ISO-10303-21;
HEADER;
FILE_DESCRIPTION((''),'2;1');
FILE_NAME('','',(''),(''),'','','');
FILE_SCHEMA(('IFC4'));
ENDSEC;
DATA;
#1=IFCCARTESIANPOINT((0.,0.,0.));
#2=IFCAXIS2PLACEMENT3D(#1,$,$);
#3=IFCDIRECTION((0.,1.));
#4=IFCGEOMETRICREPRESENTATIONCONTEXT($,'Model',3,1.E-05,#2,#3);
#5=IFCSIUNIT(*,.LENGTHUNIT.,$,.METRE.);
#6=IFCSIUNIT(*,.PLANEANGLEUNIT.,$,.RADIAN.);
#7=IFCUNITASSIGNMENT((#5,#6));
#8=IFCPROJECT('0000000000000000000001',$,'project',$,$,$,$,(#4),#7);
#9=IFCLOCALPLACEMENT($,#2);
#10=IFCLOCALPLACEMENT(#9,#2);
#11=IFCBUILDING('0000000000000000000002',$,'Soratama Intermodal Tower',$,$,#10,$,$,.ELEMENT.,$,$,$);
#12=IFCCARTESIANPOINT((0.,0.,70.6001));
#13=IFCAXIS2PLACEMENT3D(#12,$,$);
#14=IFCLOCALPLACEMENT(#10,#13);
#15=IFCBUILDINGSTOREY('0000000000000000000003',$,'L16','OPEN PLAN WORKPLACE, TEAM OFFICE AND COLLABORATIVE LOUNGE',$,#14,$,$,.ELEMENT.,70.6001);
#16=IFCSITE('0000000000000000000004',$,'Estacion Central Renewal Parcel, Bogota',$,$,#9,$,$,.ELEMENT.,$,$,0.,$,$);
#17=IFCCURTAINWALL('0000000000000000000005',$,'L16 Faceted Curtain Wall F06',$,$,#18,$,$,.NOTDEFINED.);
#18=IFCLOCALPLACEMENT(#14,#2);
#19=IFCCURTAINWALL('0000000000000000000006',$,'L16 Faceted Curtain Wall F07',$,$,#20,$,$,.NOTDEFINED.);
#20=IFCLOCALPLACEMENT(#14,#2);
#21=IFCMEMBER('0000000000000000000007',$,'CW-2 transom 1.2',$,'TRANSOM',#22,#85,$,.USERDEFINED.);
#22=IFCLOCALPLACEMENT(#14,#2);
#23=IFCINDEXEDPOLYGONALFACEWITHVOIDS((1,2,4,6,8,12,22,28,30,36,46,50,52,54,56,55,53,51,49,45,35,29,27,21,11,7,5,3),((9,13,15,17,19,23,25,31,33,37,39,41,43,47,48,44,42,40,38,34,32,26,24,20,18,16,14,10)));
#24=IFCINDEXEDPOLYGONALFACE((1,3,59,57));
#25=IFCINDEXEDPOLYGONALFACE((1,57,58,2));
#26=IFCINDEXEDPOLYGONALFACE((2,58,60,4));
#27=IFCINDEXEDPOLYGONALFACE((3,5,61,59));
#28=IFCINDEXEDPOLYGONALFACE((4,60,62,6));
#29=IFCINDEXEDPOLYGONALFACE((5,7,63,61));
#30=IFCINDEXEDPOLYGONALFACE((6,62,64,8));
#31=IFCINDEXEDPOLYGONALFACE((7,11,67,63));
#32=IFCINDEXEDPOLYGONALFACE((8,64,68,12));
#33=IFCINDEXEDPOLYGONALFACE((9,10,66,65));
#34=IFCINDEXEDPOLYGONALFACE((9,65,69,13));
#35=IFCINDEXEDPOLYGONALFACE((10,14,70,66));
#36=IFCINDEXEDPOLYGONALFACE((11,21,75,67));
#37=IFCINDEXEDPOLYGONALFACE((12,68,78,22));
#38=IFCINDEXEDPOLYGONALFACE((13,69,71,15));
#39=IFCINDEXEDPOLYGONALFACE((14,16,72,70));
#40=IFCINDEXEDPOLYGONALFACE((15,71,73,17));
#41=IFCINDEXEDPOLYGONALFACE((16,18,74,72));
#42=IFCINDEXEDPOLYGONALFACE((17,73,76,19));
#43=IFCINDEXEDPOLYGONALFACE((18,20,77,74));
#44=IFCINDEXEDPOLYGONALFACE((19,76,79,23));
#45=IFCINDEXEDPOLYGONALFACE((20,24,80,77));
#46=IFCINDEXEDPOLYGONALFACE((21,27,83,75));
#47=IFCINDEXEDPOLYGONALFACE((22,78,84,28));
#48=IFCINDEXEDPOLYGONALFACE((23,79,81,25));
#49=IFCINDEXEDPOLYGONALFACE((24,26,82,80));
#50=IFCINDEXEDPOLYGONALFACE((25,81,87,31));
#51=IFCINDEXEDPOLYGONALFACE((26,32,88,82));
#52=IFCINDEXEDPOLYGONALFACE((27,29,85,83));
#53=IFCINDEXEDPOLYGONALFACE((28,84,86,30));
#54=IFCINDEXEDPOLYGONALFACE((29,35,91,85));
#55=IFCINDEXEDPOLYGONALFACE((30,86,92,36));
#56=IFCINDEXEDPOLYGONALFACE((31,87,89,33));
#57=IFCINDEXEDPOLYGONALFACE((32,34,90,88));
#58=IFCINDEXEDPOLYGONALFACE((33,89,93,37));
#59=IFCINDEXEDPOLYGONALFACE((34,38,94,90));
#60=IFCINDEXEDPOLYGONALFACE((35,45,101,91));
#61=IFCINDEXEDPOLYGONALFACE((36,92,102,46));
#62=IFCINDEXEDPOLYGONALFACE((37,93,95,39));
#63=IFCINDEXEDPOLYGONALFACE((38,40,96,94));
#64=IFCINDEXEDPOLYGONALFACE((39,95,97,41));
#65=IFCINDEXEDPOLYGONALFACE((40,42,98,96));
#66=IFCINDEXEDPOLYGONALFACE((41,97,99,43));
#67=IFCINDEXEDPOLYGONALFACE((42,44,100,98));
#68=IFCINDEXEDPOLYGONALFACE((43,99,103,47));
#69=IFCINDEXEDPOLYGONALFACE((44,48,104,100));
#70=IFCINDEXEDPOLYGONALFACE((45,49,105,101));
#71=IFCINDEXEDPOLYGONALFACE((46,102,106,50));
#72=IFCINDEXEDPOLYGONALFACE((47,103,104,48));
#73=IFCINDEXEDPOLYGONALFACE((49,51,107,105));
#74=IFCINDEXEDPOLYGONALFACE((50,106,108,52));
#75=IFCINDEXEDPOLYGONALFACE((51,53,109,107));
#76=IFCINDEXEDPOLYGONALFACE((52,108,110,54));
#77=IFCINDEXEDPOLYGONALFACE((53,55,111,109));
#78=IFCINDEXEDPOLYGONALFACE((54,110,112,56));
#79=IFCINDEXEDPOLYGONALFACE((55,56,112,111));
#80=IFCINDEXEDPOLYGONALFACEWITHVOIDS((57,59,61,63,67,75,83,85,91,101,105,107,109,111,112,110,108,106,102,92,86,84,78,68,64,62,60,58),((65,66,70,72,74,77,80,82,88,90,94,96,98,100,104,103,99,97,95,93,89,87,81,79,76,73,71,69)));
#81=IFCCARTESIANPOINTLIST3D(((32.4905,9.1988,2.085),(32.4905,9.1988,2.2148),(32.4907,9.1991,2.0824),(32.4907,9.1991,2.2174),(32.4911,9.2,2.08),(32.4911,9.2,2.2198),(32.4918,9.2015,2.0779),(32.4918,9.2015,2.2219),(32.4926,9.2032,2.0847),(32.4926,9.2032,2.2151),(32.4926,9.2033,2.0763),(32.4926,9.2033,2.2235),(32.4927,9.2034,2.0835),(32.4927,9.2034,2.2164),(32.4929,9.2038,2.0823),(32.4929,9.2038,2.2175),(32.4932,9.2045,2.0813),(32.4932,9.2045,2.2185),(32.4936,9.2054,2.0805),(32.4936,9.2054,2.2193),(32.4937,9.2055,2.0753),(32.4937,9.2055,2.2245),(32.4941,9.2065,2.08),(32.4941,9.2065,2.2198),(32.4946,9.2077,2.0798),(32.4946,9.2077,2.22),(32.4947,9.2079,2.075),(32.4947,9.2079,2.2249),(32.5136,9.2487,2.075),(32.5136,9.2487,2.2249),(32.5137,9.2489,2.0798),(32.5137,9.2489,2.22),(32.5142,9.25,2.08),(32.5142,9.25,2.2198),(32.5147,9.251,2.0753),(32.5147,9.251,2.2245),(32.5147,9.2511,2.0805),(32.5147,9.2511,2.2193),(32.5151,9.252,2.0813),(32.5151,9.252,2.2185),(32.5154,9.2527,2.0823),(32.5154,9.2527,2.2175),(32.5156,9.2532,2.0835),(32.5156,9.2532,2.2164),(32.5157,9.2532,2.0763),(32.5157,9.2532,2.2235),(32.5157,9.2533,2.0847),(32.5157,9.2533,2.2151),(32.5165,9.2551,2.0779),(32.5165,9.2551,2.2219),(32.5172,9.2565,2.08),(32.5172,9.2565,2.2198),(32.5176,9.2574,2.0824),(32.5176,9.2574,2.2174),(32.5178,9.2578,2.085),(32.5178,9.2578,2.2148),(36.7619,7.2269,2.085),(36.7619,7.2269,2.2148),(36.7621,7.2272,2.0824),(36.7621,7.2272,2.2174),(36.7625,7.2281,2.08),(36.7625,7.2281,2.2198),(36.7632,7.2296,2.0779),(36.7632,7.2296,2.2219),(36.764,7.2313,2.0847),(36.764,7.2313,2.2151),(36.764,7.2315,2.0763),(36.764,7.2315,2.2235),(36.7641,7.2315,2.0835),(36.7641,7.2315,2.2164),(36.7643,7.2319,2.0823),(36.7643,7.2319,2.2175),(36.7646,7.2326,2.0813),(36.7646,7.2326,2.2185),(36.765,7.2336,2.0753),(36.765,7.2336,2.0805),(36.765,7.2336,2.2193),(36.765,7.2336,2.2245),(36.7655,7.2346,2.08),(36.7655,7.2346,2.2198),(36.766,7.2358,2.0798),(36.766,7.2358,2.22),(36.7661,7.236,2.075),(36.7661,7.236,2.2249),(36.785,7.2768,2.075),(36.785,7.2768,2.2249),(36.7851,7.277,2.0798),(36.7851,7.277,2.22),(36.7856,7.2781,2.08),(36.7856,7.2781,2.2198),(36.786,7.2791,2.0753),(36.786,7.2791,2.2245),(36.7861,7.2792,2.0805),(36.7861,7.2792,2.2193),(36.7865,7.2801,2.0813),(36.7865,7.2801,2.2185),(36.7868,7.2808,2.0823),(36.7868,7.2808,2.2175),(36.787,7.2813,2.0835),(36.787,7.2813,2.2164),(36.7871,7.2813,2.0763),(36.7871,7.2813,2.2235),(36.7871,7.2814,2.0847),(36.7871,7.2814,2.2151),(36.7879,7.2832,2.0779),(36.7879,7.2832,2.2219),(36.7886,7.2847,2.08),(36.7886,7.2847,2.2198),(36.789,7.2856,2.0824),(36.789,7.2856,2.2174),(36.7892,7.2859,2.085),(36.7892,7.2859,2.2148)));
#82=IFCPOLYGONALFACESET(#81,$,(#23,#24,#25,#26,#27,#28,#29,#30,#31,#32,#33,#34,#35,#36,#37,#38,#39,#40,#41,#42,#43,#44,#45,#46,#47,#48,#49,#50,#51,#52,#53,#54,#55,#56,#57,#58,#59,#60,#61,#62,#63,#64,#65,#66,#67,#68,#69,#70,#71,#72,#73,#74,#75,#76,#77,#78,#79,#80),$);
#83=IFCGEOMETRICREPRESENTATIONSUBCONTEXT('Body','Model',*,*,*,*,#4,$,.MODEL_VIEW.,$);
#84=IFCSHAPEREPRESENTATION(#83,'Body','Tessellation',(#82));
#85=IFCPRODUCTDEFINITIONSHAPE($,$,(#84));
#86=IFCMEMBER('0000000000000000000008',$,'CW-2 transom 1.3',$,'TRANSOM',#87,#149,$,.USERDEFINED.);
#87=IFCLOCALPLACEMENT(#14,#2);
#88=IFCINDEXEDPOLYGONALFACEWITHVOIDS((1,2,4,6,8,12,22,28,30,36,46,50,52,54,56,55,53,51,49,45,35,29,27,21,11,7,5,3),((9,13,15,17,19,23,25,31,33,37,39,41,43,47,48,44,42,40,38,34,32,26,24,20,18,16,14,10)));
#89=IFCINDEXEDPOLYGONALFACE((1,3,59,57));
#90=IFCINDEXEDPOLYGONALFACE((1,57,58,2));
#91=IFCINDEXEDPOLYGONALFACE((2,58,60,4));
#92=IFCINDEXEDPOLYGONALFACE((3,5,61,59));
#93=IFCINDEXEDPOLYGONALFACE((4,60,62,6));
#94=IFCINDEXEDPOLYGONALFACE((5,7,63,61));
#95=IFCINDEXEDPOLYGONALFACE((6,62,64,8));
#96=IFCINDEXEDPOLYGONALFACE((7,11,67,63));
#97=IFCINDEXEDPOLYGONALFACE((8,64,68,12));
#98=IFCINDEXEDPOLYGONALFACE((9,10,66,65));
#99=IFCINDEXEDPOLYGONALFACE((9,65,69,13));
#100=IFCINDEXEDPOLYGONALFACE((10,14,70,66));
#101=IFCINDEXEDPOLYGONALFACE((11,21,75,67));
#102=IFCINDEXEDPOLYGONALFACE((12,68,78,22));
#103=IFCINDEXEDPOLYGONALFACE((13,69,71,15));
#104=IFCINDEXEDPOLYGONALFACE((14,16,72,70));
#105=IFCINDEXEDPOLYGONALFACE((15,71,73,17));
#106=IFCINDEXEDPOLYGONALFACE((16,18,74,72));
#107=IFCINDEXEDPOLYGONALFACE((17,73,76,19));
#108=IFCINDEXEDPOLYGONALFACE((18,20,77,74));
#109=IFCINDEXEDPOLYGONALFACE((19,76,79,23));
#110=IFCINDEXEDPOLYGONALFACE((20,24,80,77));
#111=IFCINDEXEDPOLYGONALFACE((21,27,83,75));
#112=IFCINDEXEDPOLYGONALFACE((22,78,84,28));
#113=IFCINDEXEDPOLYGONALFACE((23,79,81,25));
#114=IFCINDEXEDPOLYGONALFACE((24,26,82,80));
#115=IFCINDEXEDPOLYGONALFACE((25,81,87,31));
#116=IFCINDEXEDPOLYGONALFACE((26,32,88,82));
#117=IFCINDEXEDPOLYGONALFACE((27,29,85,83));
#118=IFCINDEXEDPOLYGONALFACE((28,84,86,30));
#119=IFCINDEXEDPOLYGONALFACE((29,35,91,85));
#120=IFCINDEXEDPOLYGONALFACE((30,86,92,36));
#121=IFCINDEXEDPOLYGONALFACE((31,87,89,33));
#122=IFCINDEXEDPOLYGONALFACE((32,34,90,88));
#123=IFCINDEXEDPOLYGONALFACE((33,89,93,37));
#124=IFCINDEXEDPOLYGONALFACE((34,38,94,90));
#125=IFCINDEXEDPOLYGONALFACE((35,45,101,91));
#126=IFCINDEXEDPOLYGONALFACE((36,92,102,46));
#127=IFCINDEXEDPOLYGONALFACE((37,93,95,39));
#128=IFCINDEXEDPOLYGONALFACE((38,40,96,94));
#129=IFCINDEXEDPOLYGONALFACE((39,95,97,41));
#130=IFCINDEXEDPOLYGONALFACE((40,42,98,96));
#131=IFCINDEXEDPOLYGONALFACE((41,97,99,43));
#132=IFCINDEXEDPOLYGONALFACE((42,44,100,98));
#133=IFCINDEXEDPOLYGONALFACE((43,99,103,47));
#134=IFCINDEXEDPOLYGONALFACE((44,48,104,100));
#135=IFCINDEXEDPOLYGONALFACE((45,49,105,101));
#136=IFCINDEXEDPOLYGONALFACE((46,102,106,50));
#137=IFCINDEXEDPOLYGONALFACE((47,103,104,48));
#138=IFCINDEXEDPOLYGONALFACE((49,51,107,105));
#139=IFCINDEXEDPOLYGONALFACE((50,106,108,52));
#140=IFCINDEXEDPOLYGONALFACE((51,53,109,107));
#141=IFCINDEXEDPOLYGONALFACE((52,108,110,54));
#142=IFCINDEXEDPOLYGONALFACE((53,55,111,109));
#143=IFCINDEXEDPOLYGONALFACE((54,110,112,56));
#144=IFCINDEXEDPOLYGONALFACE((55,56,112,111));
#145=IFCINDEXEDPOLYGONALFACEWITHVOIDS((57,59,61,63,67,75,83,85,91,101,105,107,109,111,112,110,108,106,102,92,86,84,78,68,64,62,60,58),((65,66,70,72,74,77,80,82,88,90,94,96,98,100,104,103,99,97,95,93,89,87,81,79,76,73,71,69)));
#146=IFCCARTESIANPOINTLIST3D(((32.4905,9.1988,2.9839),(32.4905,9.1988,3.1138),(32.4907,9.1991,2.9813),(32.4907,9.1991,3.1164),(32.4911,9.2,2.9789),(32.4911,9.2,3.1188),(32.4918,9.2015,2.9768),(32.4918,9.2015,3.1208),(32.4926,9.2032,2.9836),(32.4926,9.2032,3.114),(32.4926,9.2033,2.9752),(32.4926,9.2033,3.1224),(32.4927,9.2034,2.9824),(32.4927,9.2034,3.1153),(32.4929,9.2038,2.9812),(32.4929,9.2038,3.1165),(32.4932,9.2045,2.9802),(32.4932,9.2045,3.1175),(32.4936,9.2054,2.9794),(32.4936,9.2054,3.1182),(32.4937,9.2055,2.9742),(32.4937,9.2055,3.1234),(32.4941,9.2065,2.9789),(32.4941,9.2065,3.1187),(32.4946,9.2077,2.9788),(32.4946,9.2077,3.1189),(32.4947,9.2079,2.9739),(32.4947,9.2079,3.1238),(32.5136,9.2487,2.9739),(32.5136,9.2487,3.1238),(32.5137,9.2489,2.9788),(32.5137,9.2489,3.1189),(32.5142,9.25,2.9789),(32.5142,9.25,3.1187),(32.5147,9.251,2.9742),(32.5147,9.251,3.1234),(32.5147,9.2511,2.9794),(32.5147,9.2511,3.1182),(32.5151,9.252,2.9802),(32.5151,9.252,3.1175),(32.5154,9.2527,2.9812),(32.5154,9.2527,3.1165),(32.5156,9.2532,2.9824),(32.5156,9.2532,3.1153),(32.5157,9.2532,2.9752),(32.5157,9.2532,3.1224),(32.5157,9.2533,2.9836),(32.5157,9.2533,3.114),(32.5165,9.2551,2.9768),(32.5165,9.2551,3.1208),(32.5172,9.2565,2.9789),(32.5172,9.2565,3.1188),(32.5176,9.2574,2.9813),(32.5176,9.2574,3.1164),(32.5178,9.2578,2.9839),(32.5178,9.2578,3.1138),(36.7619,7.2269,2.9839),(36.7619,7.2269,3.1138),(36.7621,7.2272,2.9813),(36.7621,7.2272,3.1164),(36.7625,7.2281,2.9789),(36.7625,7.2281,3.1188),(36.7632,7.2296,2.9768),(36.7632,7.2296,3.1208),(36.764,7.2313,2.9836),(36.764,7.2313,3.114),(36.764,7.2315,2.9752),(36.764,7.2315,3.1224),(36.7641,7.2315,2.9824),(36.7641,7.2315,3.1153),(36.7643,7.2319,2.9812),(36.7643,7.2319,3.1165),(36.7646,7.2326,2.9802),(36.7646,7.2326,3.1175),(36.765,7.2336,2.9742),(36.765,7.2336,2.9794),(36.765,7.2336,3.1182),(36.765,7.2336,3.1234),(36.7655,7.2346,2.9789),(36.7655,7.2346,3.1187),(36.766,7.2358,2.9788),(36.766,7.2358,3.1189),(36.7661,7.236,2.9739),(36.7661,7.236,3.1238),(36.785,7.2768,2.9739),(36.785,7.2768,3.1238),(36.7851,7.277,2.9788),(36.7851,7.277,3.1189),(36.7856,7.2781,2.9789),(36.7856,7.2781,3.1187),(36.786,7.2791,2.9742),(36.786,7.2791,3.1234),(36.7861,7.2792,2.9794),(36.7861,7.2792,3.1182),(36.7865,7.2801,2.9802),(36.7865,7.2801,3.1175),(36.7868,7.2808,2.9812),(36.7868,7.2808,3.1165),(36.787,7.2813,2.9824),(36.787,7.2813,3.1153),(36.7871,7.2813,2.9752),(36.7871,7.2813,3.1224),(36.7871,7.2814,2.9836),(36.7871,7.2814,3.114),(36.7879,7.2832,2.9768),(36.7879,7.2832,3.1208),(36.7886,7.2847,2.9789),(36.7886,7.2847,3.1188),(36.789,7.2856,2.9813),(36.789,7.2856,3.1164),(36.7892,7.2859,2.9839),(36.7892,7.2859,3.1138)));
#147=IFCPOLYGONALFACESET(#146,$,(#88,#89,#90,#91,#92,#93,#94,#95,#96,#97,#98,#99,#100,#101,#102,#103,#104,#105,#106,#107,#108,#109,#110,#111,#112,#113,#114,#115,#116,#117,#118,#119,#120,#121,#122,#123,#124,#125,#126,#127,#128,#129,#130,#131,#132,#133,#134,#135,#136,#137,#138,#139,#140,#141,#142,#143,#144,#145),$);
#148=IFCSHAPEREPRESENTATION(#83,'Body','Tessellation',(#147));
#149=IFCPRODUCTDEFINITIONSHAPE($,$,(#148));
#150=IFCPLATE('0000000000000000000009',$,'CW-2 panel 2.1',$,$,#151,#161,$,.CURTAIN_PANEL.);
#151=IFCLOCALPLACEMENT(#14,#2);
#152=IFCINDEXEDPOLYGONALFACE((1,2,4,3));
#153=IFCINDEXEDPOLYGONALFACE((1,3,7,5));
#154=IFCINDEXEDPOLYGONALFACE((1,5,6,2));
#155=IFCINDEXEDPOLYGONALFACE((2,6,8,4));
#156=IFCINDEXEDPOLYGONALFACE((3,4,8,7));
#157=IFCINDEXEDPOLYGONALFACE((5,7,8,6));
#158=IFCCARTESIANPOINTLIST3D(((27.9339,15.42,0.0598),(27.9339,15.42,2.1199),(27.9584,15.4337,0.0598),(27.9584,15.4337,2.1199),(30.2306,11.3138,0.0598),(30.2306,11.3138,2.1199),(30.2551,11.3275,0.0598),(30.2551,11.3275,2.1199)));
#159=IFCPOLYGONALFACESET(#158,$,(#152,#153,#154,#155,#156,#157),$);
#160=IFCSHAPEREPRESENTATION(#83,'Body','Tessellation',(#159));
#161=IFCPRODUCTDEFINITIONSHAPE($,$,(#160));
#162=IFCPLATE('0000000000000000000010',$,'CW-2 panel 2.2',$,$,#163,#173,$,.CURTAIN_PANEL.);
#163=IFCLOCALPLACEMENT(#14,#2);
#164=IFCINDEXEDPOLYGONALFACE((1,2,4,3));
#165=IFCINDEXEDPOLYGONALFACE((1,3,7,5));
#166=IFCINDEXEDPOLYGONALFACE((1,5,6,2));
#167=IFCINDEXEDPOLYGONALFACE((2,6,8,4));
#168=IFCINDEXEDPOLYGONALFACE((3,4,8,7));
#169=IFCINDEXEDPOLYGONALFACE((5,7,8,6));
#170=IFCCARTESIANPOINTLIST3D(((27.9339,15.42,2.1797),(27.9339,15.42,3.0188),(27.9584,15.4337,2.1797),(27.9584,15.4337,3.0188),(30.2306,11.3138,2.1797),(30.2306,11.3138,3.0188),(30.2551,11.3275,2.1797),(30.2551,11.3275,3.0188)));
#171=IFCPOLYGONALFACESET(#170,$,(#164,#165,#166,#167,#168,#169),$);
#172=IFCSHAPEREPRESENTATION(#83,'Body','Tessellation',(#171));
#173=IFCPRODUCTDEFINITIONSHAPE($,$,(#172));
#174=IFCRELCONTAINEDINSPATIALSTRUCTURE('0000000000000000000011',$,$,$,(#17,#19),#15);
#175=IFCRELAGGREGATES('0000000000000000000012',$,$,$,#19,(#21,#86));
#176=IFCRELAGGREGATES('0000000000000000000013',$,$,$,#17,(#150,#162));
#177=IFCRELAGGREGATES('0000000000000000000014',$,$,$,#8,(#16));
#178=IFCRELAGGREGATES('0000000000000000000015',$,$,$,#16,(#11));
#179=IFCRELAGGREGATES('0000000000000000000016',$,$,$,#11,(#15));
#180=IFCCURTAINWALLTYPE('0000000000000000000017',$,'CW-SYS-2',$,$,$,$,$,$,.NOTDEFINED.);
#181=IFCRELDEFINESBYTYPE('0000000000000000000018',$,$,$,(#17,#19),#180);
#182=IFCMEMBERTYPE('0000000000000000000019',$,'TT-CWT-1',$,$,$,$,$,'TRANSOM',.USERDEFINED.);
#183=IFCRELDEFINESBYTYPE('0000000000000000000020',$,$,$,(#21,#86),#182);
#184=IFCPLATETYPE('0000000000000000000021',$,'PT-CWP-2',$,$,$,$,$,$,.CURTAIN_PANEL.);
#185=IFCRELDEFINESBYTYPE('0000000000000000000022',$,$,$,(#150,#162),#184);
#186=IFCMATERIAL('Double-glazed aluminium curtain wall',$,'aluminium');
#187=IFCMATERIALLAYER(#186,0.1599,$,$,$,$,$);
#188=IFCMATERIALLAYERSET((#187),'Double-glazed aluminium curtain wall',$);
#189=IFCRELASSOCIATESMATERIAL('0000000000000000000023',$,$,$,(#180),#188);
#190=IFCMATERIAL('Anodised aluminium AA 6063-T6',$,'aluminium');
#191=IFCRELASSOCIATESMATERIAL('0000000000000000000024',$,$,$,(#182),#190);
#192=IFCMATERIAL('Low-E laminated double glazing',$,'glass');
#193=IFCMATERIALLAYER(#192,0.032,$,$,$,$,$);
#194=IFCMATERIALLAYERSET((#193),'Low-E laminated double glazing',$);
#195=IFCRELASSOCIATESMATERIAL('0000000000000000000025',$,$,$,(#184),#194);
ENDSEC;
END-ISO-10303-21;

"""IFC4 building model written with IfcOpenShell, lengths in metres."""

from ifc_helpers import new_model, si_unit, direction, frame, origin, origin_2d, place, context, subcontext, project, spatial, rectangle, hollow_rectangle, extrude, material, layer, layer_set, material_profile, profile_set, type_object, element, aggregate, save


model = new_model("IFC4")

# Units and contexts
model_context = context("Model", 3, precision=1e-05, world=origin(), true_north=direction((0.0, 1.0)))
body_context = subcontext(model_context, "Body", "Model", "MODEL_VIEW")
ifc_project = project(units=[si_unit("LENGTHUNIT", "METRE"), si_unit("PLANEANGLEUNIT", "RADIAN")], contexts=[model_context])

# Site, building, storey
site_placement = place(None, origin())
site = spatial("IfcSite", under=ifc_project, at=site_placement, Name="Estacion Central Renewal Parcel, Bogota", CompositionType="ELEMENT", RefElevation=0.0)
building_placement = place(site_placement, origin())
building = spatial("IfcBuilding", under=site, at=building_placement, Name="Soratama Intermodal Tower", CompositionType="ELEMENT")
storey_placement = place(building_placement, frame((0.0, 0.0, 70.6001)))
storey = spatial("IfcBuildingStorey", under=building, at=storey_placement, Name="L16", Description="OPEN PLAN WORKPLACE, TEAM OFFICE AND COLLABORATIVE LOUNGE", CompositionType="ELEMENT", Elevation=70.6001)

# Curtain wall
ifc_material_1 = material(Name="Double-glazed aluminium curtain wall", Category="aluminium")
ifc_layer_1 = layer(ifc_material_1, 0.1599)
ifc_layer_set_1 = layer_set([ifc_layer_1], Name="Double-glazed aluminium curtain wall")
curtain_wall_type = type_object("IfcCurtainWallType", Name="CW-SYS-2", PredefinedType="NOTDEFINED", material=ifc_layer_set_1)
curtain_wall_1_placement = place(storey_placement, origin())
curtain_wall_1 = element("IfcCurtainWall", 1, at=curtain_wall_1_placement, inside=storey, type_object=curtain_wall_type, Name="L16 Faceted Curtain Wall F06", PredefinedType="NOTDEFINED")

# Curtain wall
curtain_wall_2_placement = place(storey_placement, origin())
curtain_wall_2 = element("IfcCurtainWall", 2, at=curtain_wall_2_placement, inside=storey, type_object=curtain_wall_type, Name="L16 Faceted Curtain Wall F07", PredefinedType="NOTDEFINED")

# Members
ifc_material_2 = material(Name="Anodised aluminium AA 6063-T6", Category="aluminium")
ifc_material_profile_1 = material_profile(ifc_material_2, hollow_rectangle(XDim=0.0649, YDim=0.1499, WallThickness=0.0049, InnerFilletRadius=0.0049, OuterFilletRadius=0.01, at=origin_2d()), Name="CWT150X65X5")
ifc_profile_set_1 = profile_set([ifc_material_profile_1], Name="Anodised aluminium AA 6063-T6")
member_type_1 = type_object("IfcMemberType", Name="TT-CWT-1", ElementType="TRANSOM", PredefinedType="USERDEFINED", material=ifc_profile_set_1)
member_1_placement = place(storey_placement, frame((32.5042, 9.2283, 2.1499), z_axis=(0.907921, -0.41914, 0.0), x_axis=(0.41914, 0.907921, 0.0)))
member_1 = element("IfcMember", 3, at=member_1_placement, type_object=member_type_1, Name="CW-2 transom 1.2", ObjectType="TRANSOM", PredefinedType="USERDEFINED", context=body_context, shape_type="SweptSolid", body=[
    extrude(hollow_rectangle(XDim=0.0649, YDim=0.1499, WallThickness=0.0049, InnerFilletRadius=0.0049, OuterFilletRadius=0.01, at=origin_2d()), origin(), (0.0, 0.0, 1.0), 4.7046),
])
member_2_placement = place(storey_placement, frame((32.5042, 9.2283, 3.0488), z_axis=(0.907921, -0.41914, 0.0), x_axis=(0.41914, 0.907921, 0.0)))
member_2 = element("IfcMember", 4, at=member_2_placement, type_object=member_type_1, Name="CW-2 transom 1.3", ObjectType="TRANSOM", PredefinedType="USERDEFINED", context=body_context, shape_type="SweptSolid", body=[
    extrude(hollow_rectangle(XDim=0.0649, YDim=0.1499, WallThickness=0.0049, InnerFilletRadius=0.0049, OuterFilletRadius=0.01, at=origin_2d()), origin(), (0.0, 0.0, 1.0), 4.7046),
])
aggregate(curtain_wall_2, [member_1, member_2])

# Plates
ifc_material_3 = material(Name="Low-E laminated double glazing", Category="glass")
ifc_layer_2 = layer(ifc_material_3, 0.032)
ifc_layer_set_2 = layer_set([ifc_layer_2], Name="Low-E laminated double glazing")
plate_type = type_object("IfcPlateType", Name="PT-CWP-2", PredefinedType="CURTAIN_PANEL", material=ifc_layer_set_2)
plate_1_placement = place(storey_placement, frame((29.0945, 13.3738, 0.0598), z_axis=(0.0, 0.0, 1.0), x_axis=(0.488157, -0.872756, 0.0)))
plate_1 = element("IfcPlate", 5, at=plate_1_placement, type_object=plate_type, Name="CW-2 panel 2.1", PredefinedType="CURTAIN_PANEL", context=body_context, shape_type="SweptSolid", body=[
    extrude(rectangle(XDim=4.7048, YDim=0.0281, at=origin_2d()), origin(), (0.0, 0.0, 1.0), 2.0601),
])
plate_2_placement = place(storey_placement, frame((29.0945, 13.3738, 2.1797), z_axis=(0.0, 0.0, 1.0), x_axis=(0.488157, -0.872756, 0.0)))
plate_2 = element("IfcPlate", 6, at=plate_2_placement, type_object=plate_type, Name="CW-2 panel 2.2", PredefinedType="CURTAIN_PANEL", context=body_context, shape_type="SweptSolid", body=[
    extrude(rectangle(XDim=4.7048, YDim=0.0281, at=origin_2d()), origin(), (0.0, 0.0, 1.0), 0.8391),
])
aggregate(curtain_wall_1, [plate_1, plate_2])

save(model, "model.ifc")
